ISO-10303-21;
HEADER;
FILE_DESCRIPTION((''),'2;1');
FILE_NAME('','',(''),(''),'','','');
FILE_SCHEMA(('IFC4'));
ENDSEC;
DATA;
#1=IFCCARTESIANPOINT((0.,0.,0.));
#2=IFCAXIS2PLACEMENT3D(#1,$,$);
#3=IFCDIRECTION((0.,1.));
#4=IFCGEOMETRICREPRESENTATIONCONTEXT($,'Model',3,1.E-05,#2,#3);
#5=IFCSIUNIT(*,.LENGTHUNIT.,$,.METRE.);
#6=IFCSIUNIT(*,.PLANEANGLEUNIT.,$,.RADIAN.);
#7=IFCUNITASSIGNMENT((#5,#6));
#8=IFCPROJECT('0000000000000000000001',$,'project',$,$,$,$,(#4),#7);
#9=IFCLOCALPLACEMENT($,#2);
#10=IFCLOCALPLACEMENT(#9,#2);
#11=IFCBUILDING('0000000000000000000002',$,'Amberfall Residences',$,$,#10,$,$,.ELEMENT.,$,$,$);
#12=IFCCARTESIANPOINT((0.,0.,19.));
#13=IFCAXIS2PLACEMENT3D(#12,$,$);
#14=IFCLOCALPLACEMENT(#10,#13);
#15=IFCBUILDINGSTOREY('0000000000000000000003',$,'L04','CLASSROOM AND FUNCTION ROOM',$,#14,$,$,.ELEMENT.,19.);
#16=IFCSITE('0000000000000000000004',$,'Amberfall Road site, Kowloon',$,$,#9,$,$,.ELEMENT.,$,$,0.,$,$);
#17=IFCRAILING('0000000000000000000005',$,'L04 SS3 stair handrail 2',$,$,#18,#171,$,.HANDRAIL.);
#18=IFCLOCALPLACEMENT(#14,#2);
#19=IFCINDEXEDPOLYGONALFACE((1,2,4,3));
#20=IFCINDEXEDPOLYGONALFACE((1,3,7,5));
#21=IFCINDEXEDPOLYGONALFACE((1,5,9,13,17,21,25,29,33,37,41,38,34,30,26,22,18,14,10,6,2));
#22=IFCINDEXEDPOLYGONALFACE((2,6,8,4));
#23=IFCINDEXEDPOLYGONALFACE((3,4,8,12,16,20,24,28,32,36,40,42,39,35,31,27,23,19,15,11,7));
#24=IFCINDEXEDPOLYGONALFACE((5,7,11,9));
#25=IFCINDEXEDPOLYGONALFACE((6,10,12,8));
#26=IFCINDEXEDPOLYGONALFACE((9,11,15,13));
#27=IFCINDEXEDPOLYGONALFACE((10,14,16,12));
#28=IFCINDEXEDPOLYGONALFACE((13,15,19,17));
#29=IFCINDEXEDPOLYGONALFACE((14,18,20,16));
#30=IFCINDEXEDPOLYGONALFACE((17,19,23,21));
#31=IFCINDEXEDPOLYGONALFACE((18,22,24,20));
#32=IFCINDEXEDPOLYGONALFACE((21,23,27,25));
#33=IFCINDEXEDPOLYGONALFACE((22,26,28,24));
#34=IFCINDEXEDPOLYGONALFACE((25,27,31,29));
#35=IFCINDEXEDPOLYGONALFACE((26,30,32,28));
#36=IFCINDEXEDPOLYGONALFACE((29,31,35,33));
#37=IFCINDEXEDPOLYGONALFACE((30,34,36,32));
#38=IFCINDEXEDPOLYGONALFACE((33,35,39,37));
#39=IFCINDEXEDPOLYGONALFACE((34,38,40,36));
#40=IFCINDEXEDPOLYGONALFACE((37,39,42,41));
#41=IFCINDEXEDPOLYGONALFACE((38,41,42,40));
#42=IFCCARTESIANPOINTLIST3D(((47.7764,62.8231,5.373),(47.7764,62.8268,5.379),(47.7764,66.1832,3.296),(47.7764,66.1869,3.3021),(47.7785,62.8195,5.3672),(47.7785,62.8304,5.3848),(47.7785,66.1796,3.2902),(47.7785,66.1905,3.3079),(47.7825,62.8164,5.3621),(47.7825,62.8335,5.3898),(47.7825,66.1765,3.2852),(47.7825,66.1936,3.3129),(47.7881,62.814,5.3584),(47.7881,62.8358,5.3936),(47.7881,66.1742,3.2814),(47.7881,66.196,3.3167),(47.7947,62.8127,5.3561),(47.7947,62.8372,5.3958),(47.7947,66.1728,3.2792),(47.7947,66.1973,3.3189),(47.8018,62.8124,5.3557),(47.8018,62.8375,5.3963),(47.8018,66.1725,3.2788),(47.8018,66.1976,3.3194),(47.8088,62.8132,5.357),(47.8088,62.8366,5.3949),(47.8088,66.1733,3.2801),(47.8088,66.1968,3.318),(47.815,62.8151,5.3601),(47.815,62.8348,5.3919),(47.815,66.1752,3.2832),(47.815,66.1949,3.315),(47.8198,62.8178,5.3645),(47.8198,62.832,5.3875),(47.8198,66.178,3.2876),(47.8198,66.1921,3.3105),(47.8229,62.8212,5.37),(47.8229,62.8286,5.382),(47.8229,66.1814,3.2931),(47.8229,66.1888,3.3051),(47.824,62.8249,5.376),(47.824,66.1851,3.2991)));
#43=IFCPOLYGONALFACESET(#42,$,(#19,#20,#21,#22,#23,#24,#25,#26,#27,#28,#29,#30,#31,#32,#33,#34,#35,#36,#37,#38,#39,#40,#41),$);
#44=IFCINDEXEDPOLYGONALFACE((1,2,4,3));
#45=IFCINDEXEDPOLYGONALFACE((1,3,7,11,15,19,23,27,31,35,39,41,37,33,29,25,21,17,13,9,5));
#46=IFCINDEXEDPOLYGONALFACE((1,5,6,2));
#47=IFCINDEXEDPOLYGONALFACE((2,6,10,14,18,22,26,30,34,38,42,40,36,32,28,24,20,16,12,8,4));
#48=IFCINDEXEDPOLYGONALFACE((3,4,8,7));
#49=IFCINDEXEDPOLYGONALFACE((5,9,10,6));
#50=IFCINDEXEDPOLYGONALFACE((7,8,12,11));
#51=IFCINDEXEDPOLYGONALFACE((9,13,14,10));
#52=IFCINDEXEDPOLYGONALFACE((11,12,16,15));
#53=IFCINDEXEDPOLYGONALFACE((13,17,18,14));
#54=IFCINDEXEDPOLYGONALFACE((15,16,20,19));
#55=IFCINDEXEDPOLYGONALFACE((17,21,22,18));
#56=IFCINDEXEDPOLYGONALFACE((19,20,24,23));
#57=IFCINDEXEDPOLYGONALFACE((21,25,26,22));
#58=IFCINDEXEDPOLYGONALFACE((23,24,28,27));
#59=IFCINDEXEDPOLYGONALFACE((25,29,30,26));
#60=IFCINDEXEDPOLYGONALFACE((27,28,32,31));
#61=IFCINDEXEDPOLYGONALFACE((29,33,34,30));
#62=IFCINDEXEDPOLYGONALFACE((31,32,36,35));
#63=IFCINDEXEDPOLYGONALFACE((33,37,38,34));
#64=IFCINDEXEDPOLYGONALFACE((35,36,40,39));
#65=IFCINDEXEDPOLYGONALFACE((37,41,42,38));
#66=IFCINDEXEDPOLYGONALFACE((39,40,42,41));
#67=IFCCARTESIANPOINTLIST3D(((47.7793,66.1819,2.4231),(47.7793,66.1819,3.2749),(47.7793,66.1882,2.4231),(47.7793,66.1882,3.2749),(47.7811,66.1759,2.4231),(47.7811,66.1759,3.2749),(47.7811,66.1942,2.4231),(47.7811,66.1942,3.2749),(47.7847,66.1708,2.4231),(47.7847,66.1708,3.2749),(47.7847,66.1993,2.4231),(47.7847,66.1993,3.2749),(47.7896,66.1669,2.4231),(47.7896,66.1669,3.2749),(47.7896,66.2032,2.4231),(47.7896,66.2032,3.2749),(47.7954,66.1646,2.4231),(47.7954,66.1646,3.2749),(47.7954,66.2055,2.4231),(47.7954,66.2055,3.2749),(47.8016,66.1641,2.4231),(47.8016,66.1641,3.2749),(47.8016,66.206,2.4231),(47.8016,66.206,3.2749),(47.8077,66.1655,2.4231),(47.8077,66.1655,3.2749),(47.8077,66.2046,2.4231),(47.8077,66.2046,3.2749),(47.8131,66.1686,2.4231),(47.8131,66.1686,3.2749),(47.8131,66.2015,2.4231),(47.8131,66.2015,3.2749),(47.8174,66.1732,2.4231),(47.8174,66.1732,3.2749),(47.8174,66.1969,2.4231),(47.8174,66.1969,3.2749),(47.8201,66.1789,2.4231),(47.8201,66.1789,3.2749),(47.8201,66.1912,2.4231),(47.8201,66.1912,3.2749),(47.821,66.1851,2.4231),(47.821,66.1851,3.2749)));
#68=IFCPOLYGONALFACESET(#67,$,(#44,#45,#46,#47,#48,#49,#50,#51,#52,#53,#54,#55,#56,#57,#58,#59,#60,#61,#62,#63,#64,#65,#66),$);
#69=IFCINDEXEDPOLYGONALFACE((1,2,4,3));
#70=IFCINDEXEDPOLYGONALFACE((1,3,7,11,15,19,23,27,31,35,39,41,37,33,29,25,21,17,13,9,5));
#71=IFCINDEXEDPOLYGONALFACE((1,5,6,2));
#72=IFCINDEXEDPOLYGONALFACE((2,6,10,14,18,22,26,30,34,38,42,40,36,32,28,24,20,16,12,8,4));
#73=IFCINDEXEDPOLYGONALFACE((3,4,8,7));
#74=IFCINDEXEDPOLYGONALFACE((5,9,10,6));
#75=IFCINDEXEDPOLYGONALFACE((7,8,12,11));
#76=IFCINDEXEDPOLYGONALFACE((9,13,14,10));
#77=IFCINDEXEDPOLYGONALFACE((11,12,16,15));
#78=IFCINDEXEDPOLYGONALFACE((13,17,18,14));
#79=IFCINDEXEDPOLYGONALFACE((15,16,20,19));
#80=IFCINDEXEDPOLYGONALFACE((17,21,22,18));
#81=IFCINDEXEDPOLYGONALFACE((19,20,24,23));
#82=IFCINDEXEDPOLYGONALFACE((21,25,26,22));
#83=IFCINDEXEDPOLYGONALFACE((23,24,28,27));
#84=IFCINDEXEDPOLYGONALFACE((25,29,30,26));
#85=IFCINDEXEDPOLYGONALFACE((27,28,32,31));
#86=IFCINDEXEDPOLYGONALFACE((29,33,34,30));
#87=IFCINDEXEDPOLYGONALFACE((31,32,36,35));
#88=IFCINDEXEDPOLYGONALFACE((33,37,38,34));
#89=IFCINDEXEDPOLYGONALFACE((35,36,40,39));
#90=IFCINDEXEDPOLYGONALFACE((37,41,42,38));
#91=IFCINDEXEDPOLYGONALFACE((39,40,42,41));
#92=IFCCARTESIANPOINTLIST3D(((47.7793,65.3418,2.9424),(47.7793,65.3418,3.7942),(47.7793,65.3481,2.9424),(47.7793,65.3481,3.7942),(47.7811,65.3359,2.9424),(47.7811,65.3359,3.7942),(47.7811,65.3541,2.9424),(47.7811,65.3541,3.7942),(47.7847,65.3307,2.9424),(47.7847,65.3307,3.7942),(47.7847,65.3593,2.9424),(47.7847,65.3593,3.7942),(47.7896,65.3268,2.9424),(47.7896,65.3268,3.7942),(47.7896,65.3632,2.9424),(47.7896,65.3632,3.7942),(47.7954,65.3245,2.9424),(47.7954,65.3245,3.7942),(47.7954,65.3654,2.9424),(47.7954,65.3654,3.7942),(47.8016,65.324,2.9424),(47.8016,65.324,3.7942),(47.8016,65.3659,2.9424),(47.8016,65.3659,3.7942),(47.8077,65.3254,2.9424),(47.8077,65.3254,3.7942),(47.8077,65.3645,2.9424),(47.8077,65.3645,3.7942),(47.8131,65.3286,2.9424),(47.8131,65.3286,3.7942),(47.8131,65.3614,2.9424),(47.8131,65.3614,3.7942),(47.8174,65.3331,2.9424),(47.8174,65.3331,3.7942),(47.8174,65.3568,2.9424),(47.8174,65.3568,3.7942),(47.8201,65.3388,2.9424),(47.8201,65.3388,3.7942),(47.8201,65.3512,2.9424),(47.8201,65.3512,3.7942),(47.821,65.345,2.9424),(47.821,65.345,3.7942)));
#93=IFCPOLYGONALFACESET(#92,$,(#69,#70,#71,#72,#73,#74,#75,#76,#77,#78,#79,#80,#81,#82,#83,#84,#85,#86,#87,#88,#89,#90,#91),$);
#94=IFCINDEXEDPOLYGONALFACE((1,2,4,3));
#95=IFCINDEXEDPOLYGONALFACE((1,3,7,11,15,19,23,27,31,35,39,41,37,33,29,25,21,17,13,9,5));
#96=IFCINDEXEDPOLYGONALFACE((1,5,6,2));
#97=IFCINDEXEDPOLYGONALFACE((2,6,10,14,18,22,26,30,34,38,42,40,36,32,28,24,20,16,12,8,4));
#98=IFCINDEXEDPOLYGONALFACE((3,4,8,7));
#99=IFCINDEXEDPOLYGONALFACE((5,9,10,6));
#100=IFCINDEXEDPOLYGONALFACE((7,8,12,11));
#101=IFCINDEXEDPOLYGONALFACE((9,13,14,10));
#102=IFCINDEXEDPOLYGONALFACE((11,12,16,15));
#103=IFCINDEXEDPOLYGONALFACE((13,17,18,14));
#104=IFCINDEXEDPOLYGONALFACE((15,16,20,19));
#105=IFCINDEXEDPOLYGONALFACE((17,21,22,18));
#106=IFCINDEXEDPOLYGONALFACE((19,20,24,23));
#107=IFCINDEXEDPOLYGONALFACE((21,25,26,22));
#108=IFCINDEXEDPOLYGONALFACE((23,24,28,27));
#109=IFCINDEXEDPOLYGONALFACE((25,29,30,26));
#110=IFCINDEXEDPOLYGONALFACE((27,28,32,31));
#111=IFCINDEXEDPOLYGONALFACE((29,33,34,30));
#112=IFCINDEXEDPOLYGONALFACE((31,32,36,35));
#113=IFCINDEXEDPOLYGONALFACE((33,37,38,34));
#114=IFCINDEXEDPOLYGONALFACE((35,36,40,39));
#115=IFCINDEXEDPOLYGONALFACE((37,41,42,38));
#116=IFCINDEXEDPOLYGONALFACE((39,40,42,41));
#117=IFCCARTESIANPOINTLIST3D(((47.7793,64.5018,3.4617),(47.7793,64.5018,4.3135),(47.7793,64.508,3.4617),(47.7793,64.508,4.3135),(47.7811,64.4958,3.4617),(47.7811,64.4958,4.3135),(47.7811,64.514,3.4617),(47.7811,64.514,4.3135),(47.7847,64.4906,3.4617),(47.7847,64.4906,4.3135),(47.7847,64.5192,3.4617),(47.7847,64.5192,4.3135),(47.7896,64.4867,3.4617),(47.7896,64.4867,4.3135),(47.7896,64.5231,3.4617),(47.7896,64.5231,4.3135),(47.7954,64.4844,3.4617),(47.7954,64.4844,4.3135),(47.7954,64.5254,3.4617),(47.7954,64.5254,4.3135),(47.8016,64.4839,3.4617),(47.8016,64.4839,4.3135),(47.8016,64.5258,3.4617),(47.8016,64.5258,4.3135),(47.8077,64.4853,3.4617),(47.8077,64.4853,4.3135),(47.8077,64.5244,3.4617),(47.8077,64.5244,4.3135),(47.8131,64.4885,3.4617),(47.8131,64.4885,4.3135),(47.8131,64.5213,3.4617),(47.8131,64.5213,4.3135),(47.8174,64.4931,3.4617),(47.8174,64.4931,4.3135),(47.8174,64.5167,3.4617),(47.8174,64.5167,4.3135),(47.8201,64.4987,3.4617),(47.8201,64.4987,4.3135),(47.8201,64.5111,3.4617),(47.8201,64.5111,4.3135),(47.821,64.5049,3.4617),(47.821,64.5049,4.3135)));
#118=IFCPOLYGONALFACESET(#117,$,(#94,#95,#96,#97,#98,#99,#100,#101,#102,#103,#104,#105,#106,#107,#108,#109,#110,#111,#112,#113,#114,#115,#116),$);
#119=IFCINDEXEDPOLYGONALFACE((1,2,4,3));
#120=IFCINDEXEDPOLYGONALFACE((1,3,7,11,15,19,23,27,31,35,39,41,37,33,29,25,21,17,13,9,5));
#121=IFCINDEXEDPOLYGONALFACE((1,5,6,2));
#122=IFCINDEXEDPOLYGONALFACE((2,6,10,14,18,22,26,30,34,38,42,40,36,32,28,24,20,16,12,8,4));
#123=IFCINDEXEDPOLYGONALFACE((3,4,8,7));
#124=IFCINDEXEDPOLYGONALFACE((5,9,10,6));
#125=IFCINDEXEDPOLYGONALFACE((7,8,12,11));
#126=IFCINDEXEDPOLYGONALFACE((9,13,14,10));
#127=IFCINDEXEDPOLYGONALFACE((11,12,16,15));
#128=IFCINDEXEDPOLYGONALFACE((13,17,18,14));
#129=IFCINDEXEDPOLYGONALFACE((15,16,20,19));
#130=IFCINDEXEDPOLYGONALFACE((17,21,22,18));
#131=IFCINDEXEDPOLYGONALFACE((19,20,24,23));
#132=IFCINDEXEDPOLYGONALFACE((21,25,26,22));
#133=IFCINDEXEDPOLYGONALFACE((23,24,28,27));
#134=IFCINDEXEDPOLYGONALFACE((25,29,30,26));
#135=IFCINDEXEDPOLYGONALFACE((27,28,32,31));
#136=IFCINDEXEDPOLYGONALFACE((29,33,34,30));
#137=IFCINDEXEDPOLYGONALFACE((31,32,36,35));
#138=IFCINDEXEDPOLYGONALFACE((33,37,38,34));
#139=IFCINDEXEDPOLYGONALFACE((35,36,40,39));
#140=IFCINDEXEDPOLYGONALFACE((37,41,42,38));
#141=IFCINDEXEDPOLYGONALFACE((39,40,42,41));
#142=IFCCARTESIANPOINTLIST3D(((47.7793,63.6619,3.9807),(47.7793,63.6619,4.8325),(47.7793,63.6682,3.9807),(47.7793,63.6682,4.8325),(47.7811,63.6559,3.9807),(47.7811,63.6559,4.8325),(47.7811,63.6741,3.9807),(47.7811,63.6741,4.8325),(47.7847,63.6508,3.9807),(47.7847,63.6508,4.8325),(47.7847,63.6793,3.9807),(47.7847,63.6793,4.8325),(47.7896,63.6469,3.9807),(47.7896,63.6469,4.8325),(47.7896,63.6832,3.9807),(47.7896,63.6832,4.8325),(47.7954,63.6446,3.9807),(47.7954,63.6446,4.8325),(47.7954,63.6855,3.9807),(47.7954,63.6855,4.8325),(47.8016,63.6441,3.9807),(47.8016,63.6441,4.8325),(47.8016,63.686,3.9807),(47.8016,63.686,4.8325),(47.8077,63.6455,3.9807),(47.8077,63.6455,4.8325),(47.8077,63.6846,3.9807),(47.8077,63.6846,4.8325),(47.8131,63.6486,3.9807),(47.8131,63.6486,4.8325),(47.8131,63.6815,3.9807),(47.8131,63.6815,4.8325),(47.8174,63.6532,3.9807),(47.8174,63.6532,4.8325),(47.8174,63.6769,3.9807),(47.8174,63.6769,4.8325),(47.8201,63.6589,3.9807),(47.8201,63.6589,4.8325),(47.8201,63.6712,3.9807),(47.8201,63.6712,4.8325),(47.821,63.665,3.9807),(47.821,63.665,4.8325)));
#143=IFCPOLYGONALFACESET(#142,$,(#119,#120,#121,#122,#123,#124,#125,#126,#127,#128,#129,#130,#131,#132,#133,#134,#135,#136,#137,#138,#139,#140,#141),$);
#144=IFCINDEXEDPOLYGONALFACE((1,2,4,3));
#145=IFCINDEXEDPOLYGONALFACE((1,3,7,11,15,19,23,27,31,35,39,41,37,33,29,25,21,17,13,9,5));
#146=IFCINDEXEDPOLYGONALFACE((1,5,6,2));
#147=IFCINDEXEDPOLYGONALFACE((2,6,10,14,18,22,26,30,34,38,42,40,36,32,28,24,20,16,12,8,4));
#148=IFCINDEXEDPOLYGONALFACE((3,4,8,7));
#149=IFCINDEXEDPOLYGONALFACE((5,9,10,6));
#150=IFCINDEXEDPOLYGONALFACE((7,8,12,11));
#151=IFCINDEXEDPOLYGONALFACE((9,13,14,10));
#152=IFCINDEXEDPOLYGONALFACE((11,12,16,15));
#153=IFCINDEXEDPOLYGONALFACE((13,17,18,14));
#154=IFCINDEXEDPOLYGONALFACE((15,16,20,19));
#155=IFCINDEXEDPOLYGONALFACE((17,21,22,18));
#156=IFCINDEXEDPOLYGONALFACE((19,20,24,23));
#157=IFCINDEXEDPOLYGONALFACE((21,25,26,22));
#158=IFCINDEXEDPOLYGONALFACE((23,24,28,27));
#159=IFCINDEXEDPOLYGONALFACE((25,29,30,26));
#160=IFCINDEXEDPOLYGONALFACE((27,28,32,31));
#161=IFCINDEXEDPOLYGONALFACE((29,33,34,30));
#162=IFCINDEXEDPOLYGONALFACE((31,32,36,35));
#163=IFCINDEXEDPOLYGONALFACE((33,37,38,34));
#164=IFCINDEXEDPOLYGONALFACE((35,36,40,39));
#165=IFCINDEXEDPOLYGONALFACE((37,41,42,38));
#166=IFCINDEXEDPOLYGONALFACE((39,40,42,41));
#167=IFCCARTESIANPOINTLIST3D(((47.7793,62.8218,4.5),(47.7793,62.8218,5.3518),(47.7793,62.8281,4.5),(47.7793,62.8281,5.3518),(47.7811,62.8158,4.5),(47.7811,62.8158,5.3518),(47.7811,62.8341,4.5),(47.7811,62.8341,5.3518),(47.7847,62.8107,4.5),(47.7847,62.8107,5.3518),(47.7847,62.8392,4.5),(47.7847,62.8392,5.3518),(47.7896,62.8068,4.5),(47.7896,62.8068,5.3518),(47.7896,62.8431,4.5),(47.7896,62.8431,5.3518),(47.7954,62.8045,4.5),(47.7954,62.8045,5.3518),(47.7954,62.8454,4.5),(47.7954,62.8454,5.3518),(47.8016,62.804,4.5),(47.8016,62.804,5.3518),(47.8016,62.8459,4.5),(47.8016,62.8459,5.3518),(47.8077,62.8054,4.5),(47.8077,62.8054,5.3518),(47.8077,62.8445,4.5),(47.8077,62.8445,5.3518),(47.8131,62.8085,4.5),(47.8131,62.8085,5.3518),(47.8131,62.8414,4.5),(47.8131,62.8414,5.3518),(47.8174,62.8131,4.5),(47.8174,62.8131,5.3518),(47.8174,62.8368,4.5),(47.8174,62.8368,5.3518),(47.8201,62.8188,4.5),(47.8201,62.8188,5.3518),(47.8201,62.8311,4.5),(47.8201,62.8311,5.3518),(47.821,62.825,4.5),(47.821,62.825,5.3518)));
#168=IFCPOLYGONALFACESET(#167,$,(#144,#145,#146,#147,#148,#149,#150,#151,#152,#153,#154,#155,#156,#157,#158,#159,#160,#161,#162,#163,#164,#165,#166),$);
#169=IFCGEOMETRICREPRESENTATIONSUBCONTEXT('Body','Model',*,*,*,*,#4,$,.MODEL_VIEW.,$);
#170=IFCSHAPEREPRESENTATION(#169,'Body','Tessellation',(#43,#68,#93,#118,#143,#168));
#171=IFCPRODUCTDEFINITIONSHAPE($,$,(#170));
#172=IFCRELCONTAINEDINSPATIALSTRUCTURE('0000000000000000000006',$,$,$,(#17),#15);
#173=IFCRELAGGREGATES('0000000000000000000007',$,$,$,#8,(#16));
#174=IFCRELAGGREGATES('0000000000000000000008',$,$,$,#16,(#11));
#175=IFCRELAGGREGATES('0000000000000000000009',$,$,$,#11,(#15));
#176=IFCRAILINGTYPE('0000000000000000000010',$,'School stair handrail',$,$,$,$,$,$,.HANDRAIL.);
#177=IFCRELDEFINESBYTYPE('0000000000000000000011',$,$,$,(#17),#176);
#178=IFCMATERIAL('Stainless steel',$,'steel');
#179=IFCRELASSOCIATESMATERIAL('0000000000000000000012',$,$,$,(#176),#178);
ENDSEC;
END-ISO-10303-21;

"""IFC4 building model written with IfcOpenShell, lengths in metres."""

from ifc_helpers import new_model, si_unit, direction, frame, origin, origin_2d, place, context, subcontext, project, spatial, circle, extrude, material, type_object, element, save


model = new_model("IFC4")

# Units and contexts
model_context = context("Model", 3, precision=1e-05, world=origin(), true_north=direction((0.0, 1.0)))
body_context = subcontext(model_context, "Body", "Model", "MODEL_VIEW")
ifc_project = project(units=[si_unit("LENGTHUNIT", "METRE"), si_unit("PLANEANGLEUNIT", "RADIAN")], contexts=[model_context])

# Site, building, storey
site_placement = place(None, origin())
site = spatial("IfcSite", under=ifc_project, at=site_placement, Name="Amberfall Road site, Kowloon", CompositionType="ELEMENT", RefElevation=0.0)
building_placement = place(site_placement, origin())
building = spatial("IfcBuilding", under=site, at=building_placement, Name="Amberfall Residences", CompositionType="ELEMENT")
storey_placement = place(building_placement, frame((0.0, 0.0, 19.0)))
storey = spatial("IfcBuildingStorey", under=building, at=storey_placement, Name="L04", Description="CLASSROOM AND FUNCTION ROOM", CompositionType="ELEMENT", Elevation=19.0)

# Railing
ifc_material_1 = material(Name="Stainless steel", Category="steel")
railing_type_1 = type_object("IfcRailingType", Name="School stair handrail", PredefinedType="HANDRAIL", material=ifc_material_1)
railing_1_placement = place(storey_placement, frame((47.8, 66.1851, 2.4231)))
element("IfcRailing", 1, at=railing_1_placement, inside=storey, type_object=railing_type_1, Name="L04 SS3 stair handrail 2", PredefinedType="HANDRAIL", context=body_context, shape_type="SweptSolid", body=[
    extrude(circle(Radius=0.0239, at=origin_2d()), frame((0.0, 0.0, 0.876), z_axis=(0.0, -0.850623, 0.525776), x_axis=(1.0, 0.0, 0.0)), (0.0, 0.0, 1.0), 3.9502),
    extrude(circle(Radius=0.021, at=origin_2d()), origin(), (0.0, 0.0, 1.0), 0.8518),
    extrude(circle(Radius=0.021, at=origin_2d()), frame((0.0, -0.8401, 0.5193)), (0.0, 0.0, 1.0), 0.8518),
    extrude(circle(Radius=0.021, at=origin_2d()), frame((0.0, -1.6802, 1.0386)), (0.0, 0.0, 1.0), 0.8518),
    extrude(circle(Radius=0.021, at=origin_2d()), frame((0.0, -2.52, 1.5576)), (0.0, 0.0, 1.0), 0.8518),
    extrude(circle(Radius=0.021, at=origin_2d()), frame((0.0, -3.3601, 2.0769)), (0.0, 0.0, 1.0), 0.8518),
])

save(model, "model.ifc")
